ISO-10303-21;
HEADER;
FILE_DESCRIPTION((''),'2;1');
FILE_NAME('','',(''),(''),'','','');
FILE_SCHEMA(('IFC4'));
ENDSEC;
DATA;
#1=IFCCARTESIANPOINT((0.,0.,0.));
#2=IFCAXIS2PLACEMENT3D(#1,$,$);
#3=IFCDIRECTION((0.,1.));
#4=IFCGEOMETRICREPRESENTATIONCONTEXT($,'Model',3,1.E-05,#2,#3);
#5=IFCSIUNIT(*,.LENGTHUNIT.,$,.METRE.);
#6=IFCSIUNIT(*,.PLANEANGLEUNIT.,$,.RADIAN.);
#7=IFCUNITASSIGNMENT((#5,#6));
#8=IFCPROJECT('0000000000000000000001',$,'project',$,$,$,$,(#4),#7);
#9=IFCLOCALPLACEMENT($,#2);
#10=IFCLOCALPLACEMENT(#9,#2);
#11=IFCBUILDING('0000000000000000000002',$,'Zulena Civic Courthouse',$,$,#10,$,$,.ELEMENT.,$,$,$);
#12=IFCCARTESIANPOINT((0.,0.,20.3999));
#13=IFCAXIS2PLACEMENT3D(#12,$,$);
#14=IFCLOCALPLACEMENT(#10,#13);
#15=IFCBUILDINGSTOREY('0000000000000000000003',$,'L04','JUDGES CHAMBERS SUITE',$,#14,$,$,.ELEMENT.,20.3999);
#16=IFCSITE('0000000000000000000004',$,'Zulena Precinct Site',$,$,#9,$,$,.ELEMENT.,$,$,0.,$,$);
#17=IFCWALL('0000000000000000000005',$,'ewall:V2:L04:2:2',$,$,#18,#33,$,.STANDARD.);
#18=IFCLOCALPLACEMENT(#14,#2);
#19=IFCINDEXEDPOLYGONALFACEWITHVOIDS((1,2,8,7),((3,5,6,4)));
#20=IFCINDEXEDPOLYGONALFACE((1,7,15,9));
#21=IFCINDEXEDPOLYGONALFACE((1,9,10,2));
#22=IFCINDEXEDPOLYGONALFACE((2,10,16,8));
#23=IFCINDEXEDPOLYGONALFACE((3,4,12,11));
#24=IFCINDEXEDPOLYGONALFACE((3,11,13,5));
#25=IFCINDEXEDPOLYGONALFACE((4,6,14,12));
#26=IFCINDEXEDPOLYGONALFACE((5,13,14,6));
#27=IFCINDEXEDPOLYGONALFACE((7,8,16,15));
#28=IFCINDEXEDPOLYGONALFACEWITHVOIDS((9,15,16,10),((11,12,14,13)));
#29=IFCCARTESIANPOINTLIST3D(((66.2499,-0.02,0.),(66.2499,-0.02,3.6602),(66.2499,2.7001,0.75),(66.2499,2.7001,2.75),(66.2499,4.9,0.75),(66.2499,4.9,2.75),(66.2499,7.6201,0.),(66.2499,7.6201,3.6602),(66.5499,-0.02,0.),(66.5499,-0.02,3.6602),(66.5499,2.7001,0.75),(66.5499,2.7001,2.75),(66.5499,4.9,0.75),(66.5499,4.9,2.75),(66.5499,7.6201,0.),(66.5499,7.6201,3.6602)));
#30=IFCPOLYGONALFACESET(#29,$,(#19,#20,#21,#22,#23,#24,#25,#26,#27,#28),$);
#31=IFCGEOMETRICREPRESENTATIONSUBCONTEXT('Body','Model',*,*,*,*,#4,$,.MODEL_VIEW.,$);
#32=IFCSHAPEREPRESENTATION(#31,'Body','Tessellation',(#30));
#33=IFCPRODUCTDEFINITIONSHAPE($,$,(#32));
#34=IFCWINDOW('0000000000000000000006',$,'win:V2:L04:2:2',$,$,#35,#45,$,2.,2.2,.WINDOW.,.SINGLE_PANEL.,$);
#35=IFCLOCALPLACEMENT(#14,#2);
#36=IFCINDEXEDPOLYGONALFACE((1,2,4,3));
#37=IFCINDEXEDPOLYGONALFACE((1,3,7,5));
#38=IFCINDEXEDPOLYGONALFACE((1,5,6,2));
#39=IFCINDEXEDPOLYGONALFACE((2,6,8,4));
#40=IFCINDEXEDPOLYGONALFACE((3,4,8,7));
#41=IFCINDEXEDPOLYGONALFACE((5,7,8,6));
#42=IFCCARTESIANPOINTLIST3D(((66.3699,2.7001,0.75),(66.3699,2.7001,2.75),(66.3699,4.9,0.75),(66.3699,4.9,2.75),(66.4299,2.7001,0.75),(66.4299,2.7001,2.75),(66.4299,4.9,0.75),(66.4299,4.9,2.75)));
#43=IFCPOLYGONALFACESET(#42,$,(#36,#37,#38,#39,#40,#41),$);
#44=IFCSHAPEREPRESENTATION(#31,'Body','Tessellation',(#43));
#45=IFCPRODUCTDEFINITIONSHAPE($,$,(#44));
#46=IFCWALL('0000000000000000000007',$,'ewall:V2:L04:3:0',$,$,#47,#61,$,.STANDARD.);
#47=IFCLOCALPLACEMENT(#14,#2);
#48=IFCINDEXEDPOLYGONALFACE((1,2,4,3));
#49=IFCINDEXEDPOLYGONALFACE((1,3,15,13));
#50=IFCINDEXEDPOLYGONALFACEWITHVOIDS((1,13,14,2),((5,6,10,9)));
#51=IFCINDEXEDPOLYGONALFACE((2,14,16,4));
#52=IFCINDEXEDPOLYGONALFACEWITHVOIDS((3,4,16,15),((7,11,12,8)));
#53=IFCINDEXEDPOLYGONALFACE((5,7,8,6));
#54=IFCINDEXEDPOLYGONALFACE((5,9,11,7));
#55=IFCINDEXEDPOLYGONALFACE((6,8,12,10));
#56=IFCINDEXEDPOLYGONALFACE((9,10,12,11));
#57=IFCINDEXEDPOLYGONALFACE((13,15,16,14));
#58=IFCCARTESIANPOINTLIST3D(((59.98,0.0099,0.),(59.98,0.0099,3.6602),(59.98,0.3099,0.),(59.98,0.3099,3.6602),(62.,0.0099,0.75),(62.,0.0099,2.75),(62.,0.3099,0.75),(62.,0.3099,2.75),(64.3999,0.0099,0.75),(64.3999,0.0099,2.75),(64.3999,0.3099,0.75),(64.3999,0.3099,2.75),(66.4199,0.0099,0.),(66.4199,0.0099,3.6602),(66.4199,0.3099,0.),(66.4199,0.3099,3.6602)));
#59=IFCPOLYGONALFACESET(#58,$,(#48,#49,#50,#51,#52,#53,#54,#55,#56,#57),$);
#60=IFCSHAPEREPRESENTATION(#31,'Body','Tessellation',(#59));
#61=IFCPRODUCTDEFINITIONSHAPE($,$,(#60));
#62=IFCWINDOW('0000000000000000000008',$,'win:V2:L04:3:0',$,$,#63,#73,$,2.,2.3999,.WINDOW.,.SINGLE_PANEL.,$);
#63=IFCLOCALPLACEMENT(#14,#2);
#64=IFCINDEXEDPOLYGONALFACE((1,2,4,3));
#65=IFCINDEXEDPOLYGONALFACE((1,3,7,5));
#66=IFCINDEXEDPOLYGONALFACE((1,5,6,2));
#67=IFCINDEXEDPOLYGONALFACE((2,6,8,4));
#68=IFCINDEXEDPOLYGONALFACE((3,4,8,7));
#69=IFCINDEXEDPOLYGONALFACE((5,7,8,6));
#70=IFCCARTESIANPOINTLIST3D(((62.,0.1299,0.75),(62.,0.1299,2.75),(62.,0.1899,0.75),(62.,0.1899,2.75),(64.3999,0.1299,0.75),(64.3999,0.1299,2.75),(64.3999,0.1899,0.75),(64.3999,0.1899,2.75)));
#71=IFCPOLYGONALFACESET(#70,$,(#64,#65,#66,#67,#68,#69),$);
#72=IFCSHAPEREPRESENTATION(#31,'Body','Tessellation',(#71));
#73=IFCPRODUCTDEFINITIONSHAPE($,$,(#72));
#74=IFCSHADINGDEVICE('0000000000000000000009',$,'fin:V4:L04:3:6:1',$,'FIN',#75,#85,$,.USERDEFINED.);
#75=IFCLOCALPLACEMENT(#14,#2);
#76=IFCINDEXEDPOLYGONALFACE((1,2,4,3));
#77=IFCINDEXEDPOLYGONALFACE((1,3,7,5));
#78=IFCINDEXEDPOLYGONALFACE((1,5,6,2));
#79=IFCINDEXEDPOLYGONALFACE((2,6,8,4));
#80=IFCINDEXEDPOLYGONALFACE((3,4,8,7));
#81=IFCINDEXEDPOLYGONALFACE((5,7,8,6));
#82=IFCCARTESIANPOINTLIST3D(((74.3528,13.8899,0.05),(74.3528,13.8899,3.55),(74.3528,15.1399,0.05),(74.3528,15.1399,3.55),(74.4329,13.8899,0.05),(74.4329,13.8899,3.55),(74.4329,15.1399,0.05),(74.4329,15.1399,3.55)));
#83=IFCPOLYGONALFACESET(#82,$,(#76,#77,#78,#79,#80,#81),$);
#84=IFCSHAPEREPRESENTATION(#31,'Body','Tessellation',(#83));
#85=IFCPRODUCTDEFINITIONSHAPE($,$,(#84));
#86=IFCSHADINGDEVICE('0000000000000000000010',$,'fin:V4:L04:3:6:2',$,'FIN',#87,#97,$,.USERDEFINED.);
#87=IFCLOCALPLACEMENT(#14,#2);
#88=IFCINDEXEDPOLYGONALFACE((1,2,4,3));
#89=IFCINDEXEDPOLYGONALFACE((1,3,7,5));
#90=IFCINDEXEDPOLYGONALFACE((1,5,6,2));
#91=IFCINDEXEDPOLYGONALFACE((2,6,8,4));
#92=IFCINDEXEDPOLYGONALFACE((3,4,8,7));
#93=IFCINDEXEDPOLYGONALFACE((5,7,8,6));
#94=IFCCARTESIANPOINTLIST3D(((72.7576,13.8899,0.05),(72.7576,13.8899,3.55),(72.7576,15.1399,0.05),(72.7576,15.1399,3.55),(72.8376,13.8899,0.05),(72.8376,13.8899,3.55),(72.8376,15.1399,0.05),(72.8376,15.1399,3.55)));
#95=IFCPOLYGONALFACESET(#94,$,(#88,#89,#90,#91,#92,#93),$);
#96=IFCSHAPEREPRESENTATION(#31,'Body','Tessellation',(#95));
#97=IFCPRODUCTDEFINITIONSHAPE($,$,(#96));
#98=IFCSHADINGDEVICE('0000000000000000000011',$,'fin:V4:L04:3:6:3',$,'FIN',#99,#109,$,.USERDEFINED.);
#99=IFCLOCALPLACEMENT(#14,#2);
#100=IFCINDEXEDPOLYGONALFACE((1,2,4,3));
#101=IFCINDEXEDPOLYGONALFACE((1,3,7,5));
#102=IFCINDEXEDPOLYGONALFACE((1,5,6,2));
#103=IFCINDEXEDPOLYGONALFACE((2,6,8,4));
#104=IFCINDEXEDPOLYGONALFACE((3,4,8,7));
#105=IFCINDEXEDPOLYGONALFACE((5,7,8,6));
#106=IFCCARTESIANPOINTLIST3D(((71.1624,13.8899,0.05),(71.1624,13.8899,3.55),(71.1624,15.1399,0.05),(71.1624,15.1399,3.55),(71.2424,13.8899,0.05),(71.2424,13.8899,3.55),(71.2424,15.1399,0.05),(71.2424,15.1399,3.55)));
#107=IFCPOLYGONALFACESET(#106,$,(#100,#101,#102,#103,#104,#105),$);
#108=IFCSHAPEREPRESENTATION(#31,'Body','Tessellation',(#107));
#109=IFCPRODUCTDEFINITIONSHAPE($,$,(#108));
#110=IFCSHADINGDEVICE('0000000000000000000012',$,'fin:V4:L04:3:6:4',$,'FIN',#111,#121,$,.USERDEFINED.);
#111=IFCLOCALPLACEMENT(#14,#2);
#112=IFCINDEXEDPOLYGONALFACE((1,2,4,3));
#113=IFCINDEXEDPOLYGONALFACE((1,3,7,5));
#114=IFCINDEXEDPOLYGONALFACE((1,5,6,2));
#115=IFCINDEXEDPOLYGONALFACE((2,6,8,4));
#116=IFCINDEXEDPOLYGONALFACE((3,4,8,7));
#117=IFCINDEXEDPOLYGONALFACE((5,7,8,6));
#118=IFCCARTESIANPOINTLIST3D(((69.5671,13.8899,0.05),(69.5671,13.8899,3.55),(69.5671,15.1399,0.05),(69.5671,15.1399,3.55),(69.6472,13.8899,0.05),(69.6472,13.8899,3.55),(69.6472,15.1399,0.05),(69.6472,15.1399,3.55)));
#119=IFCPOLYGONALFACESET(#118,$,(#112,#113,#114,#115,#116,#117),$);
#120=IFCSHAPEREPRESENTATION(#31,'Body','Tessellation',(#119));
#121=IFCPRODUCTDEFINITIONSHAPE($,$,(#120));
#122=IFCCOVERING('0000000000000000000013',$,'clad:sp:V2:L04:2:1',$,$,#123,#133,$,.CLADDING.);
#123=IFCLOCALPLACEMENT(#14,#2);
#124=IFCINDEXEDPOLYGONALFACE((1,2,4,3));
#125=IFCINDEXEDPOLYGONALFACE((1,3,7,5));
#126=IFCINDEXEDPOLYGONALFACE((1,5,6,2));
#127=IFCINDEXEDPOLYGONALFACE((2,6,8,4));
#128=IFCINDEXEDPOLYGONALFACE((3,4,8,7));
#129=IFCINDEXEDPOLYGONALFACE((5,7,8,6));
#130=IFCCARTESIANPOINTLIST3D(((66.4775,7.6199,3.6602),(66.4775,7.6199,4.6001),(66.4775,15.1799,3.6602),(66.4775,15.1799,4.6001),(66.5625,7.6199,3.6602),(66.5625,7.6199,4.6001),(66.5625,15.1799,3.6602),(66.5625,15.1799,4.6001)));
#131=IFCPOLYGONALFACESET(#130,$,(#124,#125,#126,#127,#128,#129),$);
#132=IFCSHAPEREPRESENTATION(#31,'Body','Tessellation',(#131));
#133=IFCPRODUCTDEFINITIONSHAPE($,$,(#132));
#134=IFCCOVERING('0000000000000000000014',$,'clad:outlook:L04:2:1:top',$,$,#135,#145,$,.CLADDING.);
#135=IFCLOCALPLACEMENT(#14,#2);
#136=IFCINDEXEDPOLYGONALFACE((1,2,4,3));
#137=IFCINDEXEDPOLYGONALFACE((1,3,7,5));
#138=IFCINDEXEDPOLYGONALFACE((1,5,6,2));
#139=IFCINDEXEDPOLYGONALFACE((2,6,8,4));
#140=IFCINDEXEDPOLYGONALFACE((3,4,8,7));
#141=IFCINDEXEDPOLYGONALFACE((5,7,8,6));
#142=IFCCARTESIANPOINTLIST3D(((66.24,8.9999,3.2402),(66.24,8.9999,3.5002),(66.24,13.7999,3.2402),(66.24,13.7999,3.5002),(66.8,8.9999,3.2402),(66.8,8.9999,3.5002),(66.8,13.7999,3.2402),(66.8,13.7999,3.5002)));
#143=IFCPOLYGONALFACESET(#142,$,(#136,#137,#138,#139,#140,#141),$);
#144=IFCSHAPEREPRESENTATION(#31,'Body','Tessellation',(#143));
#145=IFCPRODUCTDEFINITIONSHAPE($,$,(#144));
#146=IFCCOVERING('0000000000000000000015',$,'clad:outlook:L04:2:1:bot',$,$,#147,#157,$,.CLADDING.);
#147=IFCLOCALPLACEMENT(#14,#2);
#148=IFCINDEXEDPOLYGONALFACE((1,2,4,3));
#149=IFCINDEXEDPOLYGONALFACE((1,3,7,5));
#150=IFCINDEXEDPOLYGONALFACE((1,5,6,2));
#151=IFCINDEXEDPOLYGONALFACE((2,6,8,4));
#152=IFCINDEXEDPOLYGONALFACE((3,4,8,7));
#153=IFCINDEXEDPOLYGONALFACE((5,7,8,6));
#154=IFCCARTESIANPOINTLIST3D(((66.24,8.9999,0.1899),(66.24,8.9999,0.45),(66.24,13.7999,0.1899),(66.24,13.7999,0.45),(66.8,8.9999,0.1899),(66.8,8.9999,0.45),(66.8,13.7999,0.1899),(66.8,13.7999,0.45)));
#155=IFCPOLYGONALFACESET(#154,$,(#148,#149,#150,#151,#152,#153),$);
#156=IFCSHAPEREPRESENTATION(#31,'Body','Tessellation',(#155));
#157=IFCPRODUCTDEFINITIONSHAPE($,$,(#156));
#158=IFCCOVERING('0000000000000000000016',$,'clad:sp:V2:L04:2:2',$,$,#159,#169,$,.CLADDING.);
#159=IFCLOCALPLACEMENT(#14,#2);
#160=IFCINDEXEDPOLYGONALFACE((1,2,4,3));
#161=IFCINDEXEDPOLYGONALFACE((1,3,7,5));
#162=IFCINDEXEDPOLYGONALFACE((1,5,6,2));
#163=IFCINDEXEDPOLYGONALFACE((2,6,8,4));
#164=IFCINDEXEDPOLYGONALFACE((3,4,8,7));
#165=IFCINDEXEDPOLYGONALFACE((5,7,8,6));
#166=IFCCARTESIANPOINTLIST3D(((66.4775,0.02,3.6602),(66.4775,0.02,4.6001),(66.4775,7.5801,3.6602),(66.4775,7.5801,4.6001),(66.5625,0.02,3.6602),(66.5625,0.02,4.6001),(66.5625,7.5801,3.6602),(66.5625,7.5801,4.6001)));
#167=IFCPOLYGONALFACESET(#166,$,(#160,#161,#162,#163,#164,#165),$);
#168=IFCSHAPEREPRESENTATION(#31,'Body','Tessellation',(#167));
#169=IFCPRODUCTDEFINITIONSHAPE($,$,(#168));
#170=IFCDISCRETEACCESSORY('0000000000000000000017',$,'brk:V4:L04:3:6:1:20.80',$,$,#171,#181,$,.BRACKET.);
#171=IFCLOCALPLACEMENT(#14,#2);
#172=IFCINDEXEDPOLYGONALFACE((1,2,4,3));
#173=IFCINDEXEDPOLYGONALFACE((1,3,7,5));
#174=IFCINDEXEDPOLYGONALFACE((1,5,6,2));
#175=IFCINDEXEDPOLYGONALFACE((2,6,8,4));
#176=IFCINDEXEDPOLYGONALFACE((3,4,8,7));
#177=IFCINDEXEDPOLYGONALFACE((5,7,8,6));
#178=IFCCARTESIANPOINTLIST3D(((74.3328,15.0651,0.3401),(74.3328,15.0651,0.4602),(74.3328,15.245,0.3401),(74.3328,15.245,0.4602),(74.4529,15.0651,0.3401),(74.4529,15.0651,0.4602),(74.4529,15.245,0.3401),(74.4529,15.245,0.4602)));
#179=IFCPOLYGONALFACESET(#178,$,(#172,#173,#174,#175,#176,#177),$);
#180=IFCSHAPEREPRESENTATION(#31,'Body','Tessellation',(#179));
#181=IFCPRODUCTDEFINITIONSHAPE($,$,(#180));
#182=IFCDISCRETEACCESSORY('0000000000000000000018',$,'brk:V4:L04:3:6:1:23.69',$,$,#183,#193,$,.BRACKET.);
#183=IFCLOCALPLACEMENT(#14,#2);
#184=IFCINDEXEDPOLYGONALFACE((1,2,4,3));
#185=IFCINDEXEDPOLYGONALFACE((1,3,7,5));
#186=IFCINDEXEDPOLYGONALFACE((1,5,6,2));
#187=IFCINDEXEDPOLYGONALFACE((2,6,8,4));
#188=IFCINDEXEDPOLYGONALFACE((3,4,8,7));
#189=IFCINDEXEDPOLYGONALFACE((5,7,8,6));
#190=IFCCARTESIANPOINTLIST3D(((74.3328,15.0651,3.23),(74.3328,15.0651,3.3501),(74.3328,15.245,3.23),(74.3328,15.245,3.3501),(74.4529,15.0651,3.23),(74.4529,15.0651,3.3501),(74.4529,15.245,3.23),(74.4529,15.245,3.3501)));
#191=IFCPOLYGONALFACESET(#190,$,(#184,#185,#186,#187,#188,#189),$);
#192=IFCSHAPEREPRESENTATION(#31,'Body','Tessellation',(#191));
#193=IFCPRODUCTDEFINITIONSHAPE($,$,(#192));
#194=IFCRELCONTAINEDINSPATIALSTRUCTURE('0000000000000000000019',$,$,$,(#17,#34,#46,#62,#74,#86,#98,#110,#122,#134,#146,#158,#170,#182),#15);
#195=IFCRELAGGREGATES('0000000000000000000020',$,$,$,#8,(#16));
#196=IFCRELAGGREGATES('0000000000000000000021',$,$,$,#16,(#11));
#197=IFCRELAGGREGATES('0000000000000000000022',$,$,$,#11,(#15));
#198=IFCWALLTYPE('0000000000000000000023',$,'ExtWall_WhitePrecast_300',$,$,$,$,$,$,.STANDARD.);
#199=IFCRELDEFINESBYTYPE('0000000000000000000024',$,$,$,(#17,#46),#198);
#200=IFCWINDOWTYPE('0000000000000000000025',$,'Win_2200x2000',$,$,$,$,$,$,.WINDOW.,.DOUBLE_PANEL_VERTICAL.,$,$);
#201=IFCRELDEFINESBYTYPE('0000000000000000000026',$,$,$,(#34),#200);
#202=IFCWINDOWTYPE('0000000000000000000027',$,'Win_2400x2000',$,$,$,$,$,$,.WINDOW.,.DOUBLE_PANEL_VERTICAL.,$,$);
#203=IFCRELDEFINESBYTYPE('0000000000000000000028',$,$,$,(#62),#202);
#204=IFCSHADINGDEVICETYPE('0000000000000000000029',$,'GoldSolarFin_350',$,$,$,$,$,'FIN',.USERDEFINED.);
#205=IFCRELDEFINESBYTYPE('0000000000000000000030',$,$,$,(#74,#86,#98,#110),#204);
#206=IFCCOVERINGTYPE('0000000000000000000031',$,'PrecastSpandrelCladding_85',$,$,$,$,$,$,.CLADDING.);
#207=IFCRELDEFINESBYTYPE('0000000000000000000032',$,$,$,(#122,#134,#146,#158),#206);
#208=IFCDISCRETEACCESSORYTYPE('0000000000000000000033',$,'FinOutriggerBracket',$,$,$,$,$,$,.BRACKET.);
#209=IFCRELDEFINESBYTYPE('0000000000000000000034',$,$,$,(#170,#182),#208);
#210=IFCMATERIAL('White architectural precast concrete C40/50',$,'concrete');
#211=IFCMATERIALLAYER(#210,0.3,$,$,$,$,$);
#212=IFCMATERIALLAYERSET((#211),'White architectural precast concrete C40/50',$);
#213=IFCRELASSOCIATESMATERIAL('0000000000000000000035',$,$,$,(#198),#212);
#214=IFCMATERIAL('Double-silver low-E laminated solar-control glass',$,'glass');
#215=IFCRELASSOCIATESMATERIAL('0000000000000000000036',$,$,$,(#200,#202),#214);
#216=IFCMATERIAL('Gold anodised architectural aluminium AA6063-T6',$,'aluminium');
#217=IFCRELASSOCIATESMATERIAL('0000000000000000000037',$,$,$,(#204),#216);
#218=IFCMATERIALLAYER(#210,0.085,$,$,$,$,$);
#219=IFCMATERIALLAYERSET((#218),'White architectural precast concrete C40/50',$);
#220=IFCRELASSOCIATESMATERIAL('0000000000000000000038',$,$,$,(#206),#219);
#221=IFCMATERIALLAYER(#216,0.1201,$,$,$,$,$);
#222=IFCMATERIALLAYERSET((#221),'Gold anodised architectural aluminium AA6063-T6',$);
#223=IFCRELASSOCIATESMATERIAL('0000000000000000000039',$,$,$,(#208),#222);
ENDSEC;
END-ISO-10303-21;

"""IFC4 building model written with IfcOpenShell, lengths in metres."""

from ifc_helpers import new_model, si_unit, direction, frame, frame_2d, origin, origin_2d, place, context, subcontext, project, spatial, rectangle, extrude, material, layer, layer_set, type_object, element, fill, save


model = new_model("IFC4")

# Units and contexts
model_context = context("Model", 3, precision=1e-05, world=origin(), true_north=direction((0.0, 1.0)))
body_context = subcontext(model_context, "Body", "Model", "MODEL_VIEW")
ifc_project = project(units=[si_unit("LENGTHUNIT", "METRE"), si_unit("PLANEANGLEUNIT", "RADIAN")], contexts=[model_context])

# Site, building, storey
site_placement = place(None, origin())
site = spatial("IfcSite", under=ifc_project, at=site_placement, Name="Zulena Precinct Site", CompositionType="ELEMENT", RefElevation=0.0)
building_placement = place(site_placement, origin())
building = spatial("IfcBuilding", under=site, at=building_placement, Name="Zulena Civic Courthouse", CompositionType="ELEMENT")
storey_placement = place(building_placement, frame((0.0, 0.0, 20.3999)))
storey = spatial("IfcBuildingStorey", under=building, at=storey_placement, Name="L04", Description="JUDGES CHAMBERS SUITE", CompositionType="ELEMENT", Elevation=20.3999)

# Shared definitions
ifc_material_1 = material(Name="Double-silver low-E laminated solar-control glass", Category="glass")

# Walls, openings, windows
ifc_material_2 = material(Name="White architectural precast concrete C40/50", Category="concrete")
ifc_layer_1 = layer(ifc_material_2, 0.3)
ifc_layer_set_1 = layer_set([ifc_layer_1], Name="White architectural precast concrete C40/50")
wall_type = type_object("IfcWallType", Name="ExtWall_WhitePrecast_300", PredefinedType="STANDARD", material=ifc_layer_set_1)
wall_1_placement = place(storey_placement, frame((66.3999, 7.6201, 0.0), z_axis=(0.0, 0.0, 1.0), x_axis=(0.0, -1.0, 0.0)))
wall_1 = element("IfcWall", 1, at=wall_1_placement, inside=storey, type_object=wall_type, Name="ewall:V2:L04:2:2", PredefinedType="STANDARD", context=body_context, shape_type="SweptSolid", body=[
    extrude(rectangle(XDim=7.6401, YDim=0.3, at=frame_2d((3.8201, 0.0))), origin(), (0.0, 0.0, 1.0), 3.6602),
])
opening_1_placement = place(wall_1_placement, frame((2.72, 0.0, 0.75)))
opening_1 = element("IfcOpeningElement", 2, at=opening_1_placement, cuts=wall_1, PredefinedType="OPENING", context=body_context, shape_type="SweptSolid", body=[
    extrude(rectangle(XDim=2.2, YDim=2.0, at=frame_2d((1.1001, 1.0))), frame((0.0, 0.1599, 0.0), z_axis=(0.0, -1.0, 0.0), x_axis=(1.0, 0.0, 0.0)), (0.0, 0.0, 1.0), 0.3201),
])
window_type_1 = type_object("IfcWindowType", Name="Win_2200x2000", PartitioningType="DOUBLE_PANEL_VERTICAL", PredefinedType="WINDOW", material=ifc_material_1)
window_1_placement = place(opening_1_placement, origin())
window_1 = element("IfcWindow", 3, at=window_1_placement, inside=storey, type_object=window_type_1, Name="win:V2:L04:2:2", OverallHeight=2.0, OverallWidth=2.2, PartitioningType="SINGLE_PANEL", PredefinedType="WINDOW", context=body_context, shape_type="SweptSolid", body=[
    extrude(rectangle(XDim=2.2, YDim=2.0, at=frame_2d((1.1001, 1.0))), frame((0.0, 0.03, 0.0), z_axis=(0.0, -1.0, 0.0), x_axis=(1.0, 0.0, 0.0)), (0.0, 0.0, 1.0), 0.0601),
])
fill(opening_1, window_1)
wall_2_placement = place(storey_placement, frame((66.4199, 0.1599, 0.0), z_axis=(0.0, 0.0, 1.0), x_axis=(-1.0, 0.0, 0.0)))
wall_2 = element("IfcWall", 4, at=wall_2_placement, inside=storey, type_object=wall_type, Name="ewall:V2:L04:3:0", PredefinedType="STANDARD", context=body_context, shape_type="SweptSolid", body=[
    extrude(rectangle(XDim=6.4399, YDim=0.3, at=frame_2d((3.22, 0.0))), origin(), (0.0, 0.0, 1.0), 3.6602),
])
opening_2_placement = place(wall_2_placement, frame((2.02, 0.0, 0.75)))
opening_2 = element("IfcOpeningElement", 5, at=opening_2_placement, cuts=wall_2, PredefinedType="OPENING", context=body_context, shape_type="SweptSolid", body=[
    extrude(rectangle(XDim=2.3999, YDim=2.0, at=frame_2d((1.2, 1.0))), frame((0.0, 0.1599, 0.0), z_axis=(0.0, -1.0, 0.0), x_axis=(1.0, 0.0, 0.0)), (0.0, 0.0, 1.0), 0.3201),
])
window_type_2 = type_object("IfcWindowType", Name="Win_2400x2000", PartitioningType="DOUBLE_PANEL_VERTICAL", PredefinedType="WINDOW", material=ifc_material_1)
window_2_placement = place(opening_2_placement, origin())
window_2 = element("IfcWindow", 6, at=window_2_placement, inside=storey, type_object=window_type_2, Name="win:V2:L04:3:0", OverallHeight=2.0, OverallWidth=2.3999, PartitioningType="SINGLE_PANEL", PredefinedType="WINDOW", context=body_context, shape_type="SweptSolid", body=[
    extrude(rectangle(XDim=2.3999, YDim=2.0, at=frame_2d((1.2, 1.0))), frame((0.0, 0.03, 0.0), z_axis=(0.0, -1.0, 0.0), x_axis=(1.0, 0.0, 0.0)), (0.0, 0.0, 1.0), 0.0601),
])
fill(opening_2, window_2)

# Shading devices
ifc_material_3 = material(Name="Gold anodised architectural aluminium AA6063-T6", Category="aluminium")
shading_device_type = type_object("IfcShadingDeviceType", Name="GoldSolarFin_350", ElementType="FIN", PredefinedType="USERDEFINED", material=ifc_material_3)
for number, where, z_axis, x_axis, name in (
    (7, (74.3928, 14.5149, 0.05), (0.0, 0.0, 1.0), (0.0, -1.0, 0.0), "fin:V4:L04:3:6:1"),
    (8, (72.7976, 14.5149, 0.05), (0.0, 0.0, 1.0), (0.0, -1.0, 0.0), "fin:V4:L04:3:6:2"),
    (9, (71.2024, 14.5149, 0.05), (0.0, 0.0, 1.0), (0.0, -1.0, 0.0), "fin:V4:L04:3:6:3"),
    (10, (69.6072, 14.5149, 0.05), (0.0, 0.0, 1.0), (0.0, -1.0, 0.0), "fin:V4:L04:3:6:4"),
):
    element("IfcShadingDevice", number, at=place(storey_placement, frame(where, z_axis=z_axis, x_axis=x_axis)), inside=storey, type_object=shading_device_type, Name=name, ObjectType="FIN", PredefinedType="USERDEFINED", context=body_context, shape_type="SweptSolid", body=[
        extrude(rectangle(XDim=1.25, YDim=0.0801, at=origin_2d()), origin(), (0.0, 0.0, 1.0), 3.5),
    ])

# Coverings
ifc_layer_2 = layer(ifc_material_2, 0.085)
ifc_layer_set_2 = layer_set([ifc_layer_2], Name="White architectural precast concrete C40/50")
covering_type = type_object("IfcCoveringType", Name="PrecastSpandrelCladding_85", PredefinedType="CLADDING", material=ifc_layer_set_2)
covering_1_placement = place(storey_placement, frame((66.52, 11.3999, 3.6602), z_axis=(0.0, 0.0, 1.0), x_axis=(0.0, -1.0, 0.0)))
element("IfcCovering", 11, at=covering_1_placement, inside=storey, type_object=covering_type, Name="clad:sp:V2:L04:2:1", PredefinedType="CLADDING", context=body_context, shape_type="SweptSolid", body=[
    extrude(rectangle(XDim=7.5601, YDim=0.085, at=origin_2d()), origin(), (0.0, 0.0, 1.0), 0.9399),
])
for number, where, z_axis, x_axis, name in (
    (12, (66.52, 11.3999, 3.2402), (0.0, 0.0, 1.0), (1.0, 0.0, 0.0), "clad:outlook:L04:2:1:top"),
    (13, (66.52, 11.3999, 0.1899), (0.0, 0.0, 1.0), (1.0, 0.0, 0.0), "clad:outlook:L04:2:1:bot"),
):
    element("IfcCovering", number, at=place(storey_placement, frame(where, z_axis=z_axis, x_axis=x_axis)), inside=storey, type_object=covering_type, Name=name, PredefinedType="CLADDING", context=body_context, shape_type="SweptSolid", body=[
        extrude(rectangle(XDim=0.5601, YDim=4.8, at=origin_2d()), origin(), (0.0, 0.0, 1.0), 0.26),
    ])
covering_2_placement = place(storey_placement, frame((66.52, 3.8, 3.6602), z_axis=(0.0, 0.0, 1.0), x_axis=(0.0, -1.0, 0.0)))
element("IfcCovering", 14, at=covering_2_placement, inside=storey, type_object=covering_type, Name="clad:sp:V2:L04:2:2", PredefinedType="CLADDING", context=body_context, shape_type="SweptSolid", body=[
    extrude(rectangle(XDim=7.5601, YDim=0.085, at=origin_2d()), origin(), (0.0, 0.0, 1.0), 0.9399),
])

# Discrete accessories
ifc_layer_3 = layer(ifc_material_3, 0.1201)
ifc_layer_set_3 = layer_set([ifc_layer_3], Name="Gold anodised architectural aluminium AA6063-T6")
discrete_accessory_type = type_object("IfcDiscreteAccessoryType", Name="FinOutriggerBracket", PredefinedType="BRACKET", material=ifc_layer_set_3)
for number, where, z_axis, x_axis, name in (
    (15, (74.3928, 15.155, 0.3401), (0.0, 0.0, 1.0), (0.0, -1.0, 0.0), "brk:V4:L04:3:6:1:20.80"),
    (16, (74.3928, 15.155, 3.23), (0.0, 0.0, 1.0), (0.0, -1.0, 0.0), "brk:V4:L04:3:6:1:23.69"),
):
    element("IfcDiscreteAccessory", number, at=place(storey_placement, frame(where, z_axis=z_axis, x_axis=x_axis)), inside=storey, type_object=discrete_accessory_type, Name=name, PredefinedType="BRACKET", context=body_context, shape_type="SweptSolid", body=[
        extrude(rectangle(XDim=0.1799, YDim=0.1201, at=origin_2d()), origin(), (0.0, 0.0, 1.0), 0.1201),
    ])

save(model, "model.ifc")
